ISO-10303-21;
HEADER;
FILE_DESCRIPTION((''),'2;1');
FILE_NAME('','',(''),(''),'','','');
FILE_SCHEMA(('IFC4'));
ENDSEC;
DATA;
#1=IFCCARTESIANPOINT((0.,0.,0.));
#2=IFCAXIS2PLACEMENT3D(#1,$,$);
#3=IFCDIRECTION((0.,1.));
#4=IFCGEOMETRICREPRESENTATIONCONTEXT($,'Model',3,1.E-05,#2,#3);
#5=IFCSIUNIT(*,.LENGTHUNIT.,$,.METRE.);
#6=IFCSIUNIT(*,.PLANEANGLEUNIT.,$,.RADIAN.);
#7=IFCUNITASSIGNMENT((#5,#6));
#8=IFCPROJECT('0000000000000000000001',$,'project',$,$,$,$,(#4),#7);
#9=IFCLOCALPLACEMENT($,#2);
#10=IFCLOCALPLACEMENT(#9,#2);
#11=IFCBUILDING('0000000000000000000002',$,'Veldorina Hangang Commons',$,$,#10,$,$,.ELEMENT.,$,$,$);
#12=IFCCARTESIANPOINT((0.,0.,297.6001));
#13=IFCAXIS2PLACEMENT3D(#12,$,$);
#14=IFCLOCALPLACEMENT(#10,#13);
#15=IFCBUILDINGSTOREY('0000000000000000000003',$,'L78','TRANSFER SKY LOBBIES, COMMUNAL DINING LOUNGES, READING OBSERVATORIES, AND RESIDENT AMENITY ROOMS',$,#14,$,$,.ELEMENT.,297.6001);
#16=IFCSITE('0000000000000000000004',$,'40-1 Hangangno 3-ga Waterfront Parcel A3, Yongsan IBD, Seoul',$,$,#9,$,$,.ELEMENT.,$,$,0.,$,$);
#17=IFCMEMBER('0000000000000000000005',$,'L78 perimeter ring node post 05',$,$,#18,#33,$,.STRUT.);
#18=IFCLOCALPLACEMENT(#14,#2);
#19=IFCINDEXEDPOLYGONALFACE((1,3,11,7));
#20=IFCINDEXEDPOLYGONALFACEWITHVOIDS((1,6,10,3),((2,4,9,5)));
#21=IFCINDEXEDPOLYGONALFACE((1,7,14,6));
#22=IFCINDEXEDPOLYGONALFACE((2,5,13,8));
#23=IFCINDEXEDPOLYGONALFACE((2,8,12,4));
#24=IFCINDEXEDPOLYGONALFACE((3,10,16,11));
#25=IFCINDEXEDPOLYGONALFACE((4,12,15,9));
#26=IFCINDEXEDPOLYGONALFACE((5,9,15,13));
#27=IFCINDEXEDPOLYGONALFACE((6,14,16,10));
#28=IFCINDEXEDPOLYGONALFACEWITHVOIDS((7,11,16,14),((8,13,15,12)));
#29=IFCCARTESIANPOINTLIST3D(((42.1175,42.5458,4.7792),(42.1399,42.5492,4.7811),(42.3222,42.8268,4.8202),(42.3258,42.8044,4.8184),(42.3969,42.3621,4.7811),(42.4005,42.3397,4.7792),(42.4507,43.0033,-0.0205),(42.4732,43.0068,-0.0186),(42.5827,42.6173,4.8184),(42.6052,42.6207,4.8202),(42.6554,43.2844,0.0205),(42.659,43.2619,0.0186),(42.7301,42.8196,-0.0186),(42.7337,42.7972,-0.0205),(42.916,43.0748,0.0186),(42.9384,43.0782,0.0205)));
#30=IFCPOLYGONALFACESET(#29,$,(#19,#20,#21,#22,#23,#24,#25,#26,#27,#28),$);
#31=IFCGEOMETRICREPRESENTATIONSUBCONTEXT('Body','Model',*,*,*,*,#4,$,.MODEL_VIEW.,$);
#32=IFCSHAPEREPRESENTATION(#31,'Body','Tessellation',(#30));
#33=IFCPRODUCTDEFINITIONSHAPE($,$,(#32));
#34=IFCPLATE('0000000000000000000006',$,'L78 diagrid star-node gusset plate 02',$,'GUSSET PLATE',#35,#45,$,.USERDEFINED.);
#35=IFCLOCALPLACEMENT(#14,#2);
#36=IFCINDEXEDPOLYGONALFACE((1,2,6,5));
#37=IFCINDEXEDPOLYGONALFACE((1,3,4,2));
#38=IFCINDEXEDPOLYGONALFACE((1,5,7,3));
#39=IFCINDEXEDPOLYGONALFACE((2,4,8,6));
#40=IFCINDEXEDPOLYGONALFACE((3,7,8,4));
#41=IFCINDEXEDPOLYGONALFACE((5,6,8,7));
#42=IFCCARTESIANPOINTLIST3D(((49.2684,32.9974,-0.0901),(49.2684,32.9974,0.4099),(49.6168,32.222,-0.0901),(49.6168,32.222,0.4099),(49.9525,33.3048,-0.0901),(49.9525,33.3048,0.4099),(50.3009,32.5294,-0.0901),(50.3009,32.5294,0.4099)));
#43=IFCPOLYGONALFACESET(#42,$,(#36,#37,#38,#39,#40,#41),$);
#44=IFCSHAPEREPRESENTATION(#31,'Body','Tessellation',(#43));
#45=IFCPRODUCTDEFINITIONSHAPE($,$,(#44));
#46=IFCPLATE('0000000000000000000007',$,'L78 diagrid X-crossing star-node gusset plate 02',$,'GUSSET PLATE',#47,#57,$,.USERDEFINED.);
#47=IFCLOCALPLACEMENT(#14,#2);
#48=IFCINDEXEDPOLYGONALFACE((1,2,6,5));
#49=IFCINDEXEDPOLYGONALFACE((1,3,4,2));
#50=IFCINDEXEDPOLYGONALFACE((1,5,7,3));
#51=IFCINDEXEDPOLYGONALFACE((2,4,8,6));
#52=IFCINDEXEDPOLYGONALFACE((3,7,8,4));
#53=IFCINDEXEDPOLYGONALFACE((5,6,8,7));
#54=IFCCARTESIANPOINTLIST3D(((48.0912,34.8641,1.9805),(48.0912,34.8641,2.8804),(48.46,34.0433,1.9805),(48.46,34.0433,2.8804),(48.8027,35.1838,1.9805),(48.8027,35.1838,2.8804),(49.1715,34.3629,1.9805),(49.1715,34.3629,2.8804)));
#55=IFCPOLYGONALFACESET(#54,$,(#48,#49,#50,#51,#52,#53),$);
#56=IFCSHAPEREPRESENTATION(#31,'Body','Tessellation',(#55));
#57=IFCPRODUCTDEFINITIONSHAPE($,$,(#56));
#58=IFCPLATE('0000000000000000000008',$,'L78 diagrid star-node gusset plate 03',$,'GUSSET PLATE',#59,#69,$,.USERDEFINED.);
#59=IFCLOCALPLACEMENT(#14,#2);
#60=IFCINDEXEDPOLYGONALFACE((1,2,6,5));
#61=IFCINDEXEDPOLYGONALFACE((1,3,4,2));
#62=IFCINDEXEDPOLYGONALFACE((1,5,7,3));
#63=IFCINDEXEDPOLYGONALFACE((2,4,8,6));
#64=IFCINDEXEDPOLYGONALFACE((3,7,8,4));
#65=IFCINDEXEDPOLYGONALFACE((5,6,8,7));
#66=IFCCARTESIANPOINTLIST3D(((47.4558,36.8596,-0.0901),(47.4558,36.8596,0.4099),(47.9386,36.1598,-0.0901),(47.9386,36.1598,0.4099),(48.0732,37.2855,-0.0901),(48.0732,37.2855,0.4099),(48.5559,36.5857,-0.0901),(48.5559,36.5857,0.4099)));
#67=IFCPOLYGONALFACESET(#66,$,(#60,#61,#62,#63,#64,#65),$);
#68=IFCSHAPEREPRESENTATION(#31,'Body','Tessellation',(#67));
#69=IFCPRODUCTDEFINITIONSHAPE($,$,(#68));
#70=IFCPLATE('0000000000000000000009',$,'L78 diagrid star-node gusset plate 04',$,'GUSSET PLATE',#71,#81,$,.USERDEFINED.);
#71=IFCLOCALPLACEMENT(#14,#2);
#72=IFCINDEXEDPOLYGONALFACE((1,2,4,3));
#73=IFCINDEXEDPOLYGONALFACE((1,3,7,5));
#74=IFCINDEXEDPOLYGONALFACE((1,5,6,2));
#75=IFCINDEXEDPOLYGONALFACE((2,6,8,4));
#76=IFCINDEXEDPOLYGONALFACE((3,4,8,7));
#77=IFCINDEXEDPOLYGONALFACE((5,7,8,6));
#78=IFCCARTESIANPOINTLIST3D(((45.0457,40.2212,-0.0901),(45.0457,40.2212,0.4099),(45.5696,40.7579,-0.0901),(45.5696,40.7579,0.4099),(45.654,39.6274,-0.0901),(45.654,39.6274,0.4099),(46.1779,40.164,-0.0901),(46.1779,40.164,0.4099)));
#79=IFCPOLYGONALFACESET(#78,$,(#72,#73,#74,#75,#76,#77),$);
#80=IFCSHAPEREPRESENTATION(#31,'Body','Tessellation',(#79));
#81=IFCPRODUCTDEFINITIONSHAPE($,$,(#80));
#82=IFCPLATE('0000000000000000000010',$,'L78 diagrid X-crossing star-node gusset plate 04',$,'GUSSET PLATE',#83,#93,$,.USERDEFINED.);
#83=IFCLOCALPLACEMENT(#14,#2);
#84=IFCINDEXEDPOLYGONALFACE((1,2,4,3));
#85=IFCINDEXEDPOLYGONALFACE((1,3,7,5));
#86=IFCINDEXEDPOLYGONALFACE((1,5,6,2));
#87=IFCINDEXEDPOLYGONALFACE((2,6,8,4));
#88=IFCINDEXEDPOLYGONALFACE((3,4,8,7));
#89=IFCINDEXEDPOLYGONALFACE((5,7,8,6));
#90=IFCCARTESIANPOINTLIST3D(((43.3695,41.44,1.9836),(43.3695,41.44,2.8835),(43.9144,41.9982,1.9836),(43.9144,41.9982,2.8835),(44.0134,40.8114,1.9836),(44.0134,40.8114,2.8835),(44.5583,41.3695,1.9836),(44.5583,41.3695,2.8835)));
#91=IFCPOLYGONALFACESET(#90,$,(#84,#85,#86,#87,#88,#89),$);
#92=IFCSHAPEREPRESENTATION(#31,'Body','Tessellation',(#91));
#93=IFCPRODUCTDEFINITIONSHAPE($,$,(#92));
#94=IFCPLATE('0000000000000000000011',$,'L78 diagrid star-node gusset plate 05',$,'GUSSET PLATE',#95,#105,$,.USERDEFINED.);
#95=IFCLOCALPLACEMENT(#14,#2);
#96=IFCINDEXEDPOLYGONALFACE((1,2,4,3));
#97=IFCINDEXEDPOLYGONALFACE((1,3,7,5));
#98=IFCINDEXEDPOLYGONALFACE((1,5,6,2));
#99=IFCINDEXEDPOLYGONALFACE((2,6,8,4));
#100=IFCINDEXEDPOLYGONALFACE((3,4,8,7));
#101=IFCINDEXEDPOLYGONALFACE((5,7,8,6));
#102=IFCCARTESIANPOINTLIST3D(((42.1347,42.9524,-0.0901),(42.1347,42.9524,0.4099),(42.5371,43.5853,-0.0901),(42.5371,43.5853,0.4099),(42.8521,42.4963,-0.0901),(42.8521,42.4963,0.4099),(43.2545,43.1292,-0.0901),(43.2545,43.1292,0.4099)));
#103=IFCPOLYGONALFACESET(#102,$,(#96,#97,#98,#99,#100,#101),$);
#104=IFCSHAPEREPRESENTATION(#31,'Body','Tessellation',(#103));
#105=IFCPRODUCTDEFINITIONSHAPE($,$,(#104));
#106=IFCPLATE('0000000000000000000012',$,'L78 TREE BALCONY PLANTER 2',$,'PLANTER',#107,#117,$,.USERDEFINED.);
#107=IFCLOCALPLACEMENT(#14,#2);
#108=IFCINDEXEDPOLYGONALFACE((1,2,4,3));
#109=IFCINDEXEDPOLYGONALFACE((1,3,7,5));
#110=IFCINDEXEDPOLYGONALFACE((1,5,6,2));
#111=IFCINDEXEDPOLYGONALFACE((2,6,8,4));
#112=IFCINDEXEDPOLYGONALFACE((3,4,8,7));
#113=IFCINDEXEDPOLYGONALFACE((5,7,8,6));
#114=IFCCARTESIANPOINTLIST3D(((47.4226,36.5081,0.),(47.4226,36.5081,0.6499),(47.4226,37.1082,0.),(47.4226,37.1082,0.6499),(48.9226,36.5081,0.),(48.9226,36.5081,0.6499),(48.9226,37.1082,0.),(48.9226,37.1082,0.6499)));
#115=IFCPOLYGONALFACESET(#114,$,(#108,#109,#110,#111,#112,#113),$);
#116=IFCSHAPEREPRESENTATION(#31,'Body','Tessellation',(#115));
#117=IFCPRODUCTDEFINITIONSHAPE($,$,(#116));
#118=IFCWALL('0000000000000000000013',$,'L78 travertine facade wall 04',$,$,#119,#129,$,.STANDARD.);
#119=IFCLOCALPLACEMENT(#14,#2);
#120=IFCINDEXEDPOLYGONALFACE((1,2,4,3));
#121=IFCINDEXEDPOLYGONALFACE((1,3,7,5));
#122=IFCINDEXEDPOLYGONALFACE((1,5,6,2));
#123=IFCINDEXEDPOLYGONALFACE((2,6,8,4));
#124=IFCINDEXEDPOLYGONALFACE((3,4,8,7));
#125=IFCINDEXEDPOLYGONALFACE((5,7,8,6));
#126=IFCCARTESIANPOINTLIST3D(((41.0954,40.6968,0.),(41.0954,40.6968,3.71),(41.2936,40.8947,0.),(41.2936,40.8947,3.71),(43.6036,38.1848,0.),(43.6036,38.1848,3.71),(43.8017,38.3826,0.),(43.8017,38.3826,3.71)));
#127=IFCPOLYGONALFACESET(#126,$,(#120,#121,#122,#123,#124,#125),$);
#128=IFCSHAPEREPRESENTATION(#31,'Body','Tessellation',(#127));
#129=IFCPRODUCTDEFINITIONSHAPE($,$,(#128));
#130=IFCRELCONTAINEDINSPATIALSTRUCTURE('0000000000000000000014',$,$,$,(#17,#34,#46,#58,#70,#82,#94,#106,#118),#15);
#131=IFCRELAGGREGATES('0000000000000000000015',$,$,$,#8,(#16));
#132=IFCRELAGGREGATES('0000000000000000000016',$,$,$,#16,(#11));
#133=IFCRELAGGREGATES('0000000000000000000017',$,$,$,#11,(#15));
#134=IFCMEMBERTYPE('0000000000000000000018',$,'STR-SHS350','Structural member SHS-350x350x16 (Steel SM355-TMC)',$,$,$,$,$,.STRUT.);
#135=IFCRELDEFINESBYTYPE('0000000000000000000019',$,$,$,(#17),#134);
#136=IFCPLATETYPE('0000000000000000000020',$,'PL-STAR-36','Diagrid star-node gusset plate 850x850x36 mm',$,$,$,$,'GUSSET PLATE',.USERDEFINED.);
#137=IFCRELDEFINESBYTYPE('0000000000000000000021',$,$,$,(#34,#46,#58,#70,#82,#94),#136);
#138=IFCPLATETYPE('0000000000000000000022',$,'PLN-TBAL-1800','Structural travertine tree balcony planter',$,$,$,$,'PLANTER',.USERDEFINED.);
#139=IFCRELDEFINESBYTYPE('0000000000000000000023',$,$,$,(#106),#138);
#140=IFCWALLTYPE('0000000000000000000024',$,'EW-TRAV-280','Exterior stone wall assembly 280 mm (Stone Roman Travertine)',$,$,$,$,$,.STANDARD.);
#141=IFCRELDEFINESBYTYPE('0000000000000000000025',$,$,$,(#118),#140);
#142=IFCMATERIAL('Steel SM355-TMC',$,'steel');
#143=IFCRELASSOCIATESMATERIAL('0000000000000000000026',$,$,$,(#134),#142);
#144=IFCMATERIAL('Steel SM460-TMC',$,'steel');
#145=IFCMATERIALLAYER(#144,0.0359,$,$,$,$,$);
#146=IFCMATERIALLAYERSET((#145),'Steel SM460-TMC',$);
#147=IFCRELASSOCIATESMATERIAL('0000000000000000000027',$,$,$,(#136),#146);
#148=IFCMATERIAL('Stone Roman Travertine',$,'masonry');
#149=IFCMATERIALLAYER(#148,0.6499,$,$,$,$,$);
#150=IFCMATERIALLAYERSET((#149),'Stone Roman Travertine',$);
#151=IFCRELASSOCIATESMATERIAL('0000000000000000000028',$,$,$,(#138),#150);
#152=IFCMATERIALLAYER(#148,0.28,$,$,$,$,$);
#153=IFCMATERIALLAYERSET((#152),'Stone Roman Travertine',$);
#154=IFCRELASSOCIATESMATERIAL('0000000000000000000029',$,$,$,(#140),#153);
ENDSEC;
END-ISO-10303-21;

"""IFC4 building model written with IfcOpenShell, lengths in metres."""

from ifc_helpers import new_model, si_unit, direction, frame, frame_2d, origin, origin_2d, place, context, subcontext, project, spatial, rectangle, hollow_rectangle, extrude, material, layer, layer_set, material_profile, profile_set, type_object, element, save


model = new_model("IFC4")

# Units and contexts
model_context = context("Model", 3, precision=1e-05, world=origin(), true_north=direction((0.0, 1.0)))
body_context = subcontext(model_context, "Body", "Model", "MODEL_VIEW")
ifc_project = project(units=[si_unit("LENGTHUNIT", "METRE"), si_unit("PLANEANGLEUNIT", "RADIAN")], contexts=[model_context])

# Site, building, storey
site_placement = place(None, origin())
site = spatial("IfcSite", under=ifc_project, at=site_placement, Name="40-1 Hangangno 3-ga Waterfront Parcel A3, Yongsan IBD, Seoul", CompositionType="ELEMENT", RefElevation=0.0)
building_placement = place(site_placement, origin())
building = spatial("IfcBuilding", under=site, at=building_placement, Name="Veldorina Hangang Commons", CompositionType="ELEMENT")
storey_placement = place(building_placement, frame((0.0, 0.0, 297.6001)))
storey = spatial("IfcBuildingStorey", under=building, at=storey_placement, Name="L78", Description="TRANSFER SKY LOBBIES, COMMUNAL DINING LOUNGES, READING OBSERVATORIES, AND RESIDENT AMENITY ROOMS", CompositionType="ELEMENT", Elevation=297.6001)

# Shared definitions
ifc_material_1 = material(Name="Steel SM460-TMC", Category="steel")

# Member
ifc_material_2 = material(Name="Steel SM355-TMC", Category="steel")
ifc_material_profile_1 = material_profile(ifc_material_2, hollow_rectangle(XDim=0.3501, YDim=0.3501, WallThickness=0.0161, at=origin_2d()), Name="SHS-350x350x16")
ifc_profile_set_1 = profile_set([ifc_material_profile_1], Name="Steel SM355-TMC")
member_type_1 = type_object("IfcMemberType", Name="STR-SHS350", Description="Structural member SHS-350x350x16 (Steel SM355-TMC)", PredefinedType="STRUT", material=ifc_profile_set_1)
member_1_placement = place(storey_placement, frame((42.6946, 43.0408, 0.0), z_axis=(-0.068953, -0.094664, 0.993118), x_axis=(0.808307, -0.588761, 0.0)))
element("IfcMember", 1, at=member_1_placement, inside=storey, type_object=member_type_1, Name="L78 perimeter ring node post 05", PredefinedType="STRUT", context=body_context, shape_type="SweptSolid", body=[
    extrude(hollow_rectangle(XDim=0.3501, YDim=0.3501, WallThickness=0.0161, at=origin_2d()), origin(), (0.0, 0.0, 1.0), 4.833),
])

# Plates
ifc_layer_1 = layer(ifc_material_1, 0.0359)
ifc_layer_set_1 = layer_set([ifc_layer_1], Name="Steel SM460-TMC")
plate_type_1 = type_object("IfcPlateType", Name="PL-STAR-36", Description="Diagrid star-node gusset plate 850x850x36 mm", ElementType="GUSSET PLATE", PredefinedType="USERDEFINED", material=ifc_layer_set_1)
plate_1_placement = place(storey_placement, frame((49.7847, 32.7634, -0.0901), z_axis=(0.0, 0.0, 1.0), x_axis=(-0.409843, 0.912156, 0.0)))
element("IfcPlate", 2, at=plate_1_placement, inside=storey, type_object=plate_type_1, Name="L78 diagrid star-node gusset plate 02", ObjectType="GUSSET PLATE", PredefinedType="USERDEFINED", context=body_context, shape_type="SweptSolid", body=[
    extrude(rectangle(XDim=0.8501, YDim=0.75, at=origin_2d()), origin(), (0.0, 0.0, 1.0), 0.5),
])
plate_2_placement = place(storey_placement, frame((48.6313, 34.6135, 1.9805), z_axis=(0.0, 0.0, 1.0), x_axis=(-0.409843, 0.912156, 0.0)))
element("IfcPlate", 3, at=plate_2_placement, inside=storey, type_object=plate_type_1, Name="L78 diagrid X-crossing star-node gusset plate 02", ObjectType="GUSSET PLATE", PredefinedType="USERDEFINED", context=body_context, shape_type="SweptSolid", body=[
    extrude(rectangle(XDim=0.8999, YDim=0.78, at=origin_2d()), origin(), (0.0, 0.0, 1.0), 0.8999),
])
for number, where, z_axis, x_axis, name in (
    (4, (48.0059, 36.7227, -0.0901), (0.0, 0.0, 1.0), (-0.567872, 0.823117, 0.0), "L78 diagrid star-node gusset plate 03"),
    (5, (45.6118, 40.1926, -0.0901), (0.0, 0.0, 1.0), (-0.715534, 0.698578, 0.0), "L78 diagrid star-node gusset plate 04"),
):
    element("IfcPlate", number, at=place(storey_placement, frame(where, z_axis=z_axis, x_axis=x_axis)), inside=storey, type_object=plate_type_1, Name=name, ObjectType="GUSSET PLATE", PredefinedType="USERDEFINED", context=body_context, shape_type="SweptSolid", body=[
        extrude(rectangle(XDim=0.8501, YDim=0.75, at=origin_2d()), origin(), (0.0, 0.0, 1.0), 0.5),
    ])
plate_3_placement = place(storey_placement, frame((43.9639, 41.4048, 1.9836), z_axis=(0.0, 0.0, 1.0), x_axis=(-0.715534, 0.698578, 0.0)))
element("IfcPlate", 6, at=plate_3_placement, inside=storey, type_object=plate_type_1, Name="L78 diagrid X-crossing star-node gusset plate 04", ObjectType="GUSSET PLATE", PredefinedType="USERDEFINED", context=body_context, shape_type="SweptSolid", body=[
    extrude(rectangle(XDim=0.8999, YDim=0.78, at=origin_2d()), origin(), (0.0, 0.0, 1.0), 0.8999),
])
plate_4_placement = place(storey_placement, frame((42.6946, 43.0408, -0.0901), z_axis=(0.0, 0.0, 1.0), x_axis=(-0.84386, 0.536563, 0.0)))
element("IfcPlate", 7, at=plate_4_placement, inside=storey, type_object=plate_type_1, Name="L78 diagrid star-node gusset plate 05", ObjectType="GUSSET PLATE", PredefinedType="USERDEFINED", context=body_context, shape_type="SweptSolid", body=[
    extrude(rectangle(XDim=0.8501, YDim=0.75, at=origin_2d()), origin(), (0.0, 0.0, 1.0), 0.5),
])
ifc_material_3 = material(Name="Stone Roman Travertine", Category="masonry")
ifc_layer_2 = layer(ifc_material_3, 0.6499)
ifc_layer_set_2 = layer_set([ifc_layer_2], Name="Stone Roman Travertine")
plate_type_2 = type_object("IfcPlateType", Name="PLN-TBAL-1800", Description="Structural travertine tree balcony planter", ElementType="PLANTER", PredefinedType="USERDEFINED", material=ifc_layer_set_2)
plate_5_placement = place(storey_placement, frame((48.1726, 36.8081, 0.0), z_axis=(0.0, 0.0, 1.0), x_axis=(1.0, 0.0, 0.0)))
element("IfcPlate", 8, at=plate_5_placement, inside=storey, type_object=plate_type_2, Name="L78 TREE BALCONY PLANTER 2", ObjectType="PLANTER", PredefinedType="USERDEFINED", context=body_context, shape_type="SweptSolid", body=[
    extrude(rectangle(XDim=1.5, YDim=0.6001, at=origin_2d()), origin(), (0.0, 0.0, 1.0), 0.6499),
])

# Wall
ifc_layer_3 = layer(ifc_material_3, 0.28)
ifc_layer_set_3 = layer_set([ifc_layer_3], Name="Stone Roman Travertine")
wall_type_1 = type_object("IfcWallType", Name="EW-TRAV-280", Description="Exterior stone wall assembly 280 mm (Stone Roman Travertine)", PredefinedType="STANDARD", material=ifc_layer_set_3)
wall_1_placement = place(storey_placement, frame((43.7026, 38.2837, 0.0), z_axis=(0.0, 0.0, 1.0), x_axis=(-0.706556, 0.707657, 0.0)))
element("IfcWall", 9, at=wall_1_placement, inside=storey, type_object=wall_type_1, Name="L78 travertine facade wall 04", PredefinedType="STANDARD", context=body_context, shape_type="SweptSolid", body=[
    extrude(rectangle(XDim=3.5498, YDim=0.28, at=frame_2d((1.7749, 0.0))), origin(), (0.0, 0.0, 1.0), 3.71),
])

save(model, "model.ifc")
